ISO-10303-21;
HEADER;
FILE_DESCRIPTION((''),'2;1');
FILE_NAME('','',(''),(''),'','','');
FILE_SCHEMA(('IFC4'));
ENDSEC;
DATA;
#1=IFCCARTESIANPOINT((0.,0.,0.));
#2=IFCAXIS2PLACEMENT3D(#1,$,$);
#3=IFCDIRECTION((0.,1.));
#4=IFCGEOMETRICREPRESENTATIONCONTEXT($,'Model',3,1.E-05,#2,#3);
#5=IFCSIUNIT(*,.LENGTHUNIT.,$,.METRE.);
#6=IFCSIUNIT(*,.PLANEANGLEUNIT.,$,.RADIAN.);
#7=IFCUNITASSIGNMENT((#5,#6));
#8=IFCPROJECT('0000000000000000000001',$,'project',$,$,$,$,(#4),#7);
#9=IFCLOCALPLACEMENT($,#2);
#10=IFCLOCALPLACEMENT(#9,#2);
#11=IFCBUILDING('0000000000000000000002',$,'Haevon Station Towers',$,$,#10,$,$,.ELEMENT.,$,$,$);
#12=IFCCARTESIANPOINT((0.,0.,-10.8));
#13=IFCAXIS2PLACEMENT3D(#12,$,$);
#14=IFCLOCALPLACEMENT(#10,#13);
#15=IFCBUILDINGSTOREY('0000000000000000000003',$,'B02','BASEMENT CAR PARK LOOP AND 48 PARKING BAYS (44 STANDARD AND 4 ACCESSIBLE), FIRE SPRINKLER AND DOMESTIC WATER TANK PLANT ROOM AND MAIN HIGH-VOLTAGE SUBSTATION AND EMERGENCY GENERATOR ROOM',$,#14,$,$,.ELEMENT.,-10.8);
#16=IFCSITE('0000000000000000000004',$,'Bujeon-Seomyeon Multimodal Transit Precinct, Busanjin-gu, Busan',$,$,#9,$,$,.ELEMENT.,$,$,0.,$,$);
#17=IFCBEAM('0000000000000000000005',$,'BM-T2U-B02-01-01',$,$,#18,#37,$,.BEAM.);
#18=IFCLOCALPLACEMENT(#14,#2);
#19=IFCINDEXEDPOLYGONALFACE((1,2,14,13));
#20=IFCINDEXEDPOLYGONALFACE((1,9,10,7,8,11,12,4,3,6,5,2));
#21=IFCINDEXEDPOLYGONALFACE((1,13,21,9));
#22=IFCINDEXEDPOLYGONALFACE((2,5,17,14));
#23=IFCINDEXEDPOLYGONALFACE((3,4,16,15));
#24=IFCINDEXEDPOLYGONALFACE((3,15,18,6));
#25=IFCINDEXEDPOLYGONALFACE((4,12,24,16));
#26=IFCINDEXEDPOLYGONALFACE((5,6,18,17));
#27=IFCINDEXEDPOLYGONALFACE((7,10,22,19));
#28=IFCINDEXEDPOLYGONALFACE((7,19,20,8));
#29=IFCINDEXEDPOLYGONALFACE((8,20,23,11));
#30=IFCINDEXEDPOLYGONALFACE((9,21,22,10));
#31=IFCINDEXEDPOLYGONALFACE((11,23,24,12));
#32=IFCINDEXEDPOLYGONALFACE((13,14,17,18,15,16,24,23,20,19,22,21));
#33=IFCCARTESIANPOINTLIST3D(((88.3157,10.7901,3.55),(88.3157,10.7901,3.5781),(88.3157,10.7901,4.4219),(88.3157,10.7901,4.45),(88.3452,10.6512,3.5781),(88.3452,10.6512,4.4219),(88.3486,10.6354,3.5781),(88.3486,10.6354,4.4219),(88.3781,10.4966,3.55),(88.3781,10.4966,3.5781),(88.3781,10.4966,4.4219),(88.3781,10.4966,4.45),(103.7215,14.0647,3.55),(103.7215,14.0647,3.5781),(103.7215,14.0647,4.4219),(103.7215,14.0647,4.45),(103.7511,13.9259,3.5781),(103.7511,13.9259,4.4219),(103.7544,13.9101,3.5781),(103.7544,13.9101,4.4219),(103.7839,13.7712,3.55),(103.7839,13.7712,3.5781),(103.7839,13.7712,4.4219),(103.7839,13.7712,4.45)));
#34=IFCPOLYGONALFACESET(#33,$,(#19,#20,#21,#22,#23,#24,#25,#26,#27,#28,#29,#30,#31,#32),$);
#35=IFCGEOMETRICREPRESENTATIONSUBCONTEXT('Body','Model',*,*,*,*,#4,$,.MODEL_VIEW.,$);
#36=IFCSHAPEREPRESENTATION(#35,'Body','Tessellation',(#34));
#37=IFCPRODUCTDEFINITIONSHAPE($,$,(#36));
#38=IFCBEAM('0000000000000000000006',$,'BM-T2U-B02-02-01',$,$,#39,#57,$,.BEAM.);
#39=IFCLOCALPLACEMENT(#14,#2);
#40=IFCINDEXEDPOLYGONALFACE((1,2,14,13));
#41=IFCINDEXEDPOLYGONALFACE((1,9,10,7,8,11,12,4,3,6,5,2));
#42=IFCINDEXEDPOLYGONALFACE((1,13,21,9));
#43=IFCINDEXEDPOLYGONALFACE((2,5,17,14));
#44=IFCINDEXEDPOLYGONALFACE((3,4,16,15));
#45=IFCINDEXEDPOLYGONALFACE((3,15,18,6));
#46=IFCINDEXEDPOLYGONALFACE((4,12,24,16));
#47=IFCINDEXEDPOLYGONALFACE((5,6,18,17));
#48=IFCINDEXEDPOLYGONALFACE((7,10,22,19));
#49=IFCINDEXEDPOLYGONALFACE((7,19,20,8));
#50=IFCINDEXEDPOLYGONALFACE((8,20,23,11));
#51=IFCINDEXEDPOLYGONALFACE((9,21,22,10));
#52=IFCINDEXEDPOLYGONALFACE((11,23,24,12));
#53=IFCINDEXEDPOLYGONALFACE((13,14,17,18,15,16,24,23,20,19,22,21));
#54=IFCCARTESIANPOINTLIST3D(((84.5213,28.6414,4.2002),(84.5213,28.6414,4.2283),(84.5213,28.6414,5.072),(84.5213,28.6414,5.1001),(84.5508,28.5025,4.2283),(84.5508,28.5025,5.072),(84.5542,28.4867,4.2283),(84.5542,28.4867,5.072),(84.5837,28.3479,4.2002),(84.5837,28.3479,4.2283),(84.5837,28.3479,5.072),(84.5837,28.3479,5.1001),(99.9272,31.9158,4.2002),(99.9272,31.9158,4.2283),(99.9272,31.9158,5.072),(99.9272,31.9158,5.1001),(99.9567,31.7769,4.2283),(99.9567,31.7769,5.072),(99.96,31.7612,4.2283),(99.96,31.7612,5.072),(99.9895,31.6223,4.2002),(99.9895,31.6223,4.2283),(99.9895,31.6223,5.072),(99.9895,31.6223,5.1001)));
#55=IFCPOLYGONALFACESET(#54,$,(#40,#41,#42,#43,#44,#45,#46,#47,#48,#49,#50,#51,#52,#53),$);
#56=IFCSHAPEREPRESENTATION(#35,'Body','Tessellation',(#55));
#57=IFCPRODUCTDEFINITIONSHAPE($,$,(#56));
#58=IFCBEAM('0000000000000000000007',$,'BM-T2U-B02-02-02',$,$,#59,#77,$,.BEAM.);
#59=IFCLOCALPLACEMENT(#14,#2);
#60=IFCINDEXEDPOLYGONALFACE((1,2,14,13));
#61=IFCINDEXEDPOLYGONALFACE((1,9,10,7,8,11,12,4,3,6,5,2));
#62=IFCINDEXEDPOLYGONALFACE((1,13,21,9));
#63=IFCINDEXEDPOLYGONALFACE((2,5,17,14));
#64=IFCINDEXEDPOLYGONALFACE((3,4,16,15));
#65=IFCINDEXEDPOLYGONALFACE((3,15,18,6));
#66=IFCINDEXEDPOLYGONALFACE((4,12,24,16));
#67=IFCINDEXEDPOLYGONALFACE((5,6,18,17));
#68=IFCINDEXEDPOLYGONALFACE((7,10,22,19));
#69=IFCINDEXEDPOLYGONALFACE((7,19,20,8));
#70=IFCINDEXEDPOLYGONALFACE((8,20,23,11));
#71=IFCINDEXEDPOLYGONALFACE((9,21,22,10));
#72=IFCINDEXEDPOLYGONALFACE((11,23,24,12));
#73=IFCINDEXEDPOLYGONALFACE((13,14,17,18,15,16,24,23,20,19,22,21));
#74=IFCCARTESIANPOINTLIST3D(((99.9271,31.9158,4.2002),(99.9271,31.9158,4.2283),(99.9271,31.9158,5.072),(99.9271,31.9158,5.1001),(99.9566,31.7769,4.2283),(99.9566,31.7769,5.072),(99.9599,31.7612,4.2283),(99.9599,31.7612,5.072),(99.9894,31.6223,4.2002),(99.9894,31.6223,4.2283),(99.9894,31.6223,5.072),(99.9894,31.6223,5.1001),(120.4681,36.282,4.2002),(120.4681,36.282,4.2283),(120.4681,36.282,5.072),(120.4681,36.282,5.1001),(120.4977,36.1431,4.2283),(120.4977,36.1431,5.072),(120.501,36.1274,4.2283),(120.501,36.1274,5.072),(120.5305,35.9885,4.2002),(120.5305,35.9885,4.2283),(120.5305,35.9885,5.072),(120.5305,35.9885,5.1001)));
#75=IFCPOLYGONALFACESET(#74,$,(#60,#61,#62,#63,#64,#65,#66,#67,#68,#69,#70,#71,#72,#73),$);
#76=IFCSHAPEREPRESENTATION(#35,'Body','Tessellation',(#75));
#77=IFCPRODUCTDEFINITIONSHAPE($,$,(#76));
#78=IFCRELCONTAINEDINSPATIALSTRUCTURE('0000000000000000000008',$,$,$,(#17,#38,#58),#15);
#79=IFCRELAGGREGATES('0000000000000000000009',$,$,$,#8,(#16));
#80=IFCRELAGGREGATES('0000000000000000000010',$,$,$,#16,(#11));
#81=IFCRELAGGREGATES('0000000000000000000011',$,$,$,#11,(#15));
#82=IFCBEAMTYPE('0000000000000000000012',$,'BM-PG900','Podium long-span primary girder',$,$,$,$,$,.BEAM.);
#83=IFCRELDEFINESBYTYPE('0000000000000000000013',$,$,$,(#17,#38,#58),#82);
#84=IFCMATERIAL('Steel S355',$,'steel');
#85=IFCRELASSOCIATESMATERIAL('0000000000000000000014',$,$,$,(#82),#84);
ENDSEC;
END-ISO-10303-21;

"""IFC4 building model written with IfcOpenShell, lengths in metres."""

from ifc_helpers import new_model, si_unit, direction, frame, origin, origin_2d, place, context, subcontext, project, spatial, i_section, extrude, material, material_profile, profile_set, type_object, element, save


model = new_model("IFC4")

# Units and contexts
model_context = context("Model", 3, precision=1e-05, world=origin(), true_north=direction((0.0, 1.0)))
body_context = subcontext(model_context, "Body", "Model", "MODEL_VIEW")
ifc_project = project(units=[si_unit("LENGTHUNIT", "METRE"), si_unit("PLANEANGLEUNIT", "RADIAN")], contexts=[model_context])

# Site, building, storey
site_placement = place(None, origin())
site = spatial("IfcSite", under=ifc_project, at=site_placement, Name="Bujeon-Seomyeon Multimodal Transit Precinct, Busanjin-gu, Busan", CompositionType="ELEMENT", RefElevation=0.0)
building_placement = place(site_placement, origin())
building = spatial("IfcBuilding", under=site, at=building_placement, Name="Haevon Station Towers", CompositionType="ELEMENT")
storey_placement = place(building_placement, frame((0.0, 0.0, -10.8)))
storey = spatial("IfcBuildingStorey", under=building, at=storey_placement, Name="B02", Description="BASEMENT CAR PARK LOOP AND 48 PARKING BAYS (44 STANDARD AND 4 ACCESSIBLE), FIRE SPRINKLER AND DOMESTIC WATER TANK PLANT ROOM AND MAIN HIGH-VOLTAGE SUBSTATION AND EMERGENCY GENERATOR ROOM", CompositionType="ELEMENT", Elevation=-10.8)

# Beams
ifc_material_1 = material(Name="Steel S355", Category="steel")
ifc_material_profile_1 = material_profile(ifc_material_1, i_section(OverallWidth=0.3, OverallDepth=0.8999, WebThickness=0.0161, FlangeThickness=0.0281, at=origin_2d()), Name="H-900x300x16x28")
ifc_profile_set_1 = profile_set([ifc_material_profile_1], Name="Steel S355")
beam_type_1 = type_object("IfcBeamType", Name="BM-PG900", Description="Podium long-span primary girder", PredefinedType="BEAM", material=ifc_profile_set_1)
for number, where, z_axis, x_axis, name in (
    (1, (88.3469, 10.6433, 4.0), (0.978147, 0.207915, 0.0), (-0.207915, 0.978147, 0.0), "BM-T2U-B02-01-01"),
    (2, (84.5525, 28.4946, 4.6501), (0.97815, 0.207901, 0.0), (-0.207901, 0.97815, 0.0), "BM-T2U-B02-02-01"),
):
    element("IfcBeam", number, at=place(storey_placement, frame(where, z_axis=z_axis, x_axis=x_axis)), inside=storey, type_object=beam_type_1, Name=name, PredefinedType="BEAM", context=body_context, shape_type="SweptSolid", body=[
        extrude(i_section(OverallWidth=0.3, OverallDepth=0.8999, WebThickness=0.0161, FlangeThickness=0.0281, at=origin_2d()), origin(), (0.0, 0.0, 1.0), 15.75),
    ])
beam_1_placement = place(storey_placement, frame((99.9583, 31.769, 4.6501), z_axis=(0.978147, 0.207915, 0.0), x_axis=(-0.207915, 0.978147, 0.0)))
element("IfcBeam", 3, at=beam_1_placement, inside=storey, type_object=beam_type_1, Name="BM-T2U-B02-02-02", PredefinedType="BEAM", context=body_context, shape_type="SweptSolid", body=[
    extrude(i_section(OverallWidth=0.3, OverallDepth=0.8999, WebThickness=0.0161, FlangeThickness=0.0281, at=origin_2d()), origin(), (0.0, 0.0, 1.0), 21.0),
])

save(model, "model.ifc")
